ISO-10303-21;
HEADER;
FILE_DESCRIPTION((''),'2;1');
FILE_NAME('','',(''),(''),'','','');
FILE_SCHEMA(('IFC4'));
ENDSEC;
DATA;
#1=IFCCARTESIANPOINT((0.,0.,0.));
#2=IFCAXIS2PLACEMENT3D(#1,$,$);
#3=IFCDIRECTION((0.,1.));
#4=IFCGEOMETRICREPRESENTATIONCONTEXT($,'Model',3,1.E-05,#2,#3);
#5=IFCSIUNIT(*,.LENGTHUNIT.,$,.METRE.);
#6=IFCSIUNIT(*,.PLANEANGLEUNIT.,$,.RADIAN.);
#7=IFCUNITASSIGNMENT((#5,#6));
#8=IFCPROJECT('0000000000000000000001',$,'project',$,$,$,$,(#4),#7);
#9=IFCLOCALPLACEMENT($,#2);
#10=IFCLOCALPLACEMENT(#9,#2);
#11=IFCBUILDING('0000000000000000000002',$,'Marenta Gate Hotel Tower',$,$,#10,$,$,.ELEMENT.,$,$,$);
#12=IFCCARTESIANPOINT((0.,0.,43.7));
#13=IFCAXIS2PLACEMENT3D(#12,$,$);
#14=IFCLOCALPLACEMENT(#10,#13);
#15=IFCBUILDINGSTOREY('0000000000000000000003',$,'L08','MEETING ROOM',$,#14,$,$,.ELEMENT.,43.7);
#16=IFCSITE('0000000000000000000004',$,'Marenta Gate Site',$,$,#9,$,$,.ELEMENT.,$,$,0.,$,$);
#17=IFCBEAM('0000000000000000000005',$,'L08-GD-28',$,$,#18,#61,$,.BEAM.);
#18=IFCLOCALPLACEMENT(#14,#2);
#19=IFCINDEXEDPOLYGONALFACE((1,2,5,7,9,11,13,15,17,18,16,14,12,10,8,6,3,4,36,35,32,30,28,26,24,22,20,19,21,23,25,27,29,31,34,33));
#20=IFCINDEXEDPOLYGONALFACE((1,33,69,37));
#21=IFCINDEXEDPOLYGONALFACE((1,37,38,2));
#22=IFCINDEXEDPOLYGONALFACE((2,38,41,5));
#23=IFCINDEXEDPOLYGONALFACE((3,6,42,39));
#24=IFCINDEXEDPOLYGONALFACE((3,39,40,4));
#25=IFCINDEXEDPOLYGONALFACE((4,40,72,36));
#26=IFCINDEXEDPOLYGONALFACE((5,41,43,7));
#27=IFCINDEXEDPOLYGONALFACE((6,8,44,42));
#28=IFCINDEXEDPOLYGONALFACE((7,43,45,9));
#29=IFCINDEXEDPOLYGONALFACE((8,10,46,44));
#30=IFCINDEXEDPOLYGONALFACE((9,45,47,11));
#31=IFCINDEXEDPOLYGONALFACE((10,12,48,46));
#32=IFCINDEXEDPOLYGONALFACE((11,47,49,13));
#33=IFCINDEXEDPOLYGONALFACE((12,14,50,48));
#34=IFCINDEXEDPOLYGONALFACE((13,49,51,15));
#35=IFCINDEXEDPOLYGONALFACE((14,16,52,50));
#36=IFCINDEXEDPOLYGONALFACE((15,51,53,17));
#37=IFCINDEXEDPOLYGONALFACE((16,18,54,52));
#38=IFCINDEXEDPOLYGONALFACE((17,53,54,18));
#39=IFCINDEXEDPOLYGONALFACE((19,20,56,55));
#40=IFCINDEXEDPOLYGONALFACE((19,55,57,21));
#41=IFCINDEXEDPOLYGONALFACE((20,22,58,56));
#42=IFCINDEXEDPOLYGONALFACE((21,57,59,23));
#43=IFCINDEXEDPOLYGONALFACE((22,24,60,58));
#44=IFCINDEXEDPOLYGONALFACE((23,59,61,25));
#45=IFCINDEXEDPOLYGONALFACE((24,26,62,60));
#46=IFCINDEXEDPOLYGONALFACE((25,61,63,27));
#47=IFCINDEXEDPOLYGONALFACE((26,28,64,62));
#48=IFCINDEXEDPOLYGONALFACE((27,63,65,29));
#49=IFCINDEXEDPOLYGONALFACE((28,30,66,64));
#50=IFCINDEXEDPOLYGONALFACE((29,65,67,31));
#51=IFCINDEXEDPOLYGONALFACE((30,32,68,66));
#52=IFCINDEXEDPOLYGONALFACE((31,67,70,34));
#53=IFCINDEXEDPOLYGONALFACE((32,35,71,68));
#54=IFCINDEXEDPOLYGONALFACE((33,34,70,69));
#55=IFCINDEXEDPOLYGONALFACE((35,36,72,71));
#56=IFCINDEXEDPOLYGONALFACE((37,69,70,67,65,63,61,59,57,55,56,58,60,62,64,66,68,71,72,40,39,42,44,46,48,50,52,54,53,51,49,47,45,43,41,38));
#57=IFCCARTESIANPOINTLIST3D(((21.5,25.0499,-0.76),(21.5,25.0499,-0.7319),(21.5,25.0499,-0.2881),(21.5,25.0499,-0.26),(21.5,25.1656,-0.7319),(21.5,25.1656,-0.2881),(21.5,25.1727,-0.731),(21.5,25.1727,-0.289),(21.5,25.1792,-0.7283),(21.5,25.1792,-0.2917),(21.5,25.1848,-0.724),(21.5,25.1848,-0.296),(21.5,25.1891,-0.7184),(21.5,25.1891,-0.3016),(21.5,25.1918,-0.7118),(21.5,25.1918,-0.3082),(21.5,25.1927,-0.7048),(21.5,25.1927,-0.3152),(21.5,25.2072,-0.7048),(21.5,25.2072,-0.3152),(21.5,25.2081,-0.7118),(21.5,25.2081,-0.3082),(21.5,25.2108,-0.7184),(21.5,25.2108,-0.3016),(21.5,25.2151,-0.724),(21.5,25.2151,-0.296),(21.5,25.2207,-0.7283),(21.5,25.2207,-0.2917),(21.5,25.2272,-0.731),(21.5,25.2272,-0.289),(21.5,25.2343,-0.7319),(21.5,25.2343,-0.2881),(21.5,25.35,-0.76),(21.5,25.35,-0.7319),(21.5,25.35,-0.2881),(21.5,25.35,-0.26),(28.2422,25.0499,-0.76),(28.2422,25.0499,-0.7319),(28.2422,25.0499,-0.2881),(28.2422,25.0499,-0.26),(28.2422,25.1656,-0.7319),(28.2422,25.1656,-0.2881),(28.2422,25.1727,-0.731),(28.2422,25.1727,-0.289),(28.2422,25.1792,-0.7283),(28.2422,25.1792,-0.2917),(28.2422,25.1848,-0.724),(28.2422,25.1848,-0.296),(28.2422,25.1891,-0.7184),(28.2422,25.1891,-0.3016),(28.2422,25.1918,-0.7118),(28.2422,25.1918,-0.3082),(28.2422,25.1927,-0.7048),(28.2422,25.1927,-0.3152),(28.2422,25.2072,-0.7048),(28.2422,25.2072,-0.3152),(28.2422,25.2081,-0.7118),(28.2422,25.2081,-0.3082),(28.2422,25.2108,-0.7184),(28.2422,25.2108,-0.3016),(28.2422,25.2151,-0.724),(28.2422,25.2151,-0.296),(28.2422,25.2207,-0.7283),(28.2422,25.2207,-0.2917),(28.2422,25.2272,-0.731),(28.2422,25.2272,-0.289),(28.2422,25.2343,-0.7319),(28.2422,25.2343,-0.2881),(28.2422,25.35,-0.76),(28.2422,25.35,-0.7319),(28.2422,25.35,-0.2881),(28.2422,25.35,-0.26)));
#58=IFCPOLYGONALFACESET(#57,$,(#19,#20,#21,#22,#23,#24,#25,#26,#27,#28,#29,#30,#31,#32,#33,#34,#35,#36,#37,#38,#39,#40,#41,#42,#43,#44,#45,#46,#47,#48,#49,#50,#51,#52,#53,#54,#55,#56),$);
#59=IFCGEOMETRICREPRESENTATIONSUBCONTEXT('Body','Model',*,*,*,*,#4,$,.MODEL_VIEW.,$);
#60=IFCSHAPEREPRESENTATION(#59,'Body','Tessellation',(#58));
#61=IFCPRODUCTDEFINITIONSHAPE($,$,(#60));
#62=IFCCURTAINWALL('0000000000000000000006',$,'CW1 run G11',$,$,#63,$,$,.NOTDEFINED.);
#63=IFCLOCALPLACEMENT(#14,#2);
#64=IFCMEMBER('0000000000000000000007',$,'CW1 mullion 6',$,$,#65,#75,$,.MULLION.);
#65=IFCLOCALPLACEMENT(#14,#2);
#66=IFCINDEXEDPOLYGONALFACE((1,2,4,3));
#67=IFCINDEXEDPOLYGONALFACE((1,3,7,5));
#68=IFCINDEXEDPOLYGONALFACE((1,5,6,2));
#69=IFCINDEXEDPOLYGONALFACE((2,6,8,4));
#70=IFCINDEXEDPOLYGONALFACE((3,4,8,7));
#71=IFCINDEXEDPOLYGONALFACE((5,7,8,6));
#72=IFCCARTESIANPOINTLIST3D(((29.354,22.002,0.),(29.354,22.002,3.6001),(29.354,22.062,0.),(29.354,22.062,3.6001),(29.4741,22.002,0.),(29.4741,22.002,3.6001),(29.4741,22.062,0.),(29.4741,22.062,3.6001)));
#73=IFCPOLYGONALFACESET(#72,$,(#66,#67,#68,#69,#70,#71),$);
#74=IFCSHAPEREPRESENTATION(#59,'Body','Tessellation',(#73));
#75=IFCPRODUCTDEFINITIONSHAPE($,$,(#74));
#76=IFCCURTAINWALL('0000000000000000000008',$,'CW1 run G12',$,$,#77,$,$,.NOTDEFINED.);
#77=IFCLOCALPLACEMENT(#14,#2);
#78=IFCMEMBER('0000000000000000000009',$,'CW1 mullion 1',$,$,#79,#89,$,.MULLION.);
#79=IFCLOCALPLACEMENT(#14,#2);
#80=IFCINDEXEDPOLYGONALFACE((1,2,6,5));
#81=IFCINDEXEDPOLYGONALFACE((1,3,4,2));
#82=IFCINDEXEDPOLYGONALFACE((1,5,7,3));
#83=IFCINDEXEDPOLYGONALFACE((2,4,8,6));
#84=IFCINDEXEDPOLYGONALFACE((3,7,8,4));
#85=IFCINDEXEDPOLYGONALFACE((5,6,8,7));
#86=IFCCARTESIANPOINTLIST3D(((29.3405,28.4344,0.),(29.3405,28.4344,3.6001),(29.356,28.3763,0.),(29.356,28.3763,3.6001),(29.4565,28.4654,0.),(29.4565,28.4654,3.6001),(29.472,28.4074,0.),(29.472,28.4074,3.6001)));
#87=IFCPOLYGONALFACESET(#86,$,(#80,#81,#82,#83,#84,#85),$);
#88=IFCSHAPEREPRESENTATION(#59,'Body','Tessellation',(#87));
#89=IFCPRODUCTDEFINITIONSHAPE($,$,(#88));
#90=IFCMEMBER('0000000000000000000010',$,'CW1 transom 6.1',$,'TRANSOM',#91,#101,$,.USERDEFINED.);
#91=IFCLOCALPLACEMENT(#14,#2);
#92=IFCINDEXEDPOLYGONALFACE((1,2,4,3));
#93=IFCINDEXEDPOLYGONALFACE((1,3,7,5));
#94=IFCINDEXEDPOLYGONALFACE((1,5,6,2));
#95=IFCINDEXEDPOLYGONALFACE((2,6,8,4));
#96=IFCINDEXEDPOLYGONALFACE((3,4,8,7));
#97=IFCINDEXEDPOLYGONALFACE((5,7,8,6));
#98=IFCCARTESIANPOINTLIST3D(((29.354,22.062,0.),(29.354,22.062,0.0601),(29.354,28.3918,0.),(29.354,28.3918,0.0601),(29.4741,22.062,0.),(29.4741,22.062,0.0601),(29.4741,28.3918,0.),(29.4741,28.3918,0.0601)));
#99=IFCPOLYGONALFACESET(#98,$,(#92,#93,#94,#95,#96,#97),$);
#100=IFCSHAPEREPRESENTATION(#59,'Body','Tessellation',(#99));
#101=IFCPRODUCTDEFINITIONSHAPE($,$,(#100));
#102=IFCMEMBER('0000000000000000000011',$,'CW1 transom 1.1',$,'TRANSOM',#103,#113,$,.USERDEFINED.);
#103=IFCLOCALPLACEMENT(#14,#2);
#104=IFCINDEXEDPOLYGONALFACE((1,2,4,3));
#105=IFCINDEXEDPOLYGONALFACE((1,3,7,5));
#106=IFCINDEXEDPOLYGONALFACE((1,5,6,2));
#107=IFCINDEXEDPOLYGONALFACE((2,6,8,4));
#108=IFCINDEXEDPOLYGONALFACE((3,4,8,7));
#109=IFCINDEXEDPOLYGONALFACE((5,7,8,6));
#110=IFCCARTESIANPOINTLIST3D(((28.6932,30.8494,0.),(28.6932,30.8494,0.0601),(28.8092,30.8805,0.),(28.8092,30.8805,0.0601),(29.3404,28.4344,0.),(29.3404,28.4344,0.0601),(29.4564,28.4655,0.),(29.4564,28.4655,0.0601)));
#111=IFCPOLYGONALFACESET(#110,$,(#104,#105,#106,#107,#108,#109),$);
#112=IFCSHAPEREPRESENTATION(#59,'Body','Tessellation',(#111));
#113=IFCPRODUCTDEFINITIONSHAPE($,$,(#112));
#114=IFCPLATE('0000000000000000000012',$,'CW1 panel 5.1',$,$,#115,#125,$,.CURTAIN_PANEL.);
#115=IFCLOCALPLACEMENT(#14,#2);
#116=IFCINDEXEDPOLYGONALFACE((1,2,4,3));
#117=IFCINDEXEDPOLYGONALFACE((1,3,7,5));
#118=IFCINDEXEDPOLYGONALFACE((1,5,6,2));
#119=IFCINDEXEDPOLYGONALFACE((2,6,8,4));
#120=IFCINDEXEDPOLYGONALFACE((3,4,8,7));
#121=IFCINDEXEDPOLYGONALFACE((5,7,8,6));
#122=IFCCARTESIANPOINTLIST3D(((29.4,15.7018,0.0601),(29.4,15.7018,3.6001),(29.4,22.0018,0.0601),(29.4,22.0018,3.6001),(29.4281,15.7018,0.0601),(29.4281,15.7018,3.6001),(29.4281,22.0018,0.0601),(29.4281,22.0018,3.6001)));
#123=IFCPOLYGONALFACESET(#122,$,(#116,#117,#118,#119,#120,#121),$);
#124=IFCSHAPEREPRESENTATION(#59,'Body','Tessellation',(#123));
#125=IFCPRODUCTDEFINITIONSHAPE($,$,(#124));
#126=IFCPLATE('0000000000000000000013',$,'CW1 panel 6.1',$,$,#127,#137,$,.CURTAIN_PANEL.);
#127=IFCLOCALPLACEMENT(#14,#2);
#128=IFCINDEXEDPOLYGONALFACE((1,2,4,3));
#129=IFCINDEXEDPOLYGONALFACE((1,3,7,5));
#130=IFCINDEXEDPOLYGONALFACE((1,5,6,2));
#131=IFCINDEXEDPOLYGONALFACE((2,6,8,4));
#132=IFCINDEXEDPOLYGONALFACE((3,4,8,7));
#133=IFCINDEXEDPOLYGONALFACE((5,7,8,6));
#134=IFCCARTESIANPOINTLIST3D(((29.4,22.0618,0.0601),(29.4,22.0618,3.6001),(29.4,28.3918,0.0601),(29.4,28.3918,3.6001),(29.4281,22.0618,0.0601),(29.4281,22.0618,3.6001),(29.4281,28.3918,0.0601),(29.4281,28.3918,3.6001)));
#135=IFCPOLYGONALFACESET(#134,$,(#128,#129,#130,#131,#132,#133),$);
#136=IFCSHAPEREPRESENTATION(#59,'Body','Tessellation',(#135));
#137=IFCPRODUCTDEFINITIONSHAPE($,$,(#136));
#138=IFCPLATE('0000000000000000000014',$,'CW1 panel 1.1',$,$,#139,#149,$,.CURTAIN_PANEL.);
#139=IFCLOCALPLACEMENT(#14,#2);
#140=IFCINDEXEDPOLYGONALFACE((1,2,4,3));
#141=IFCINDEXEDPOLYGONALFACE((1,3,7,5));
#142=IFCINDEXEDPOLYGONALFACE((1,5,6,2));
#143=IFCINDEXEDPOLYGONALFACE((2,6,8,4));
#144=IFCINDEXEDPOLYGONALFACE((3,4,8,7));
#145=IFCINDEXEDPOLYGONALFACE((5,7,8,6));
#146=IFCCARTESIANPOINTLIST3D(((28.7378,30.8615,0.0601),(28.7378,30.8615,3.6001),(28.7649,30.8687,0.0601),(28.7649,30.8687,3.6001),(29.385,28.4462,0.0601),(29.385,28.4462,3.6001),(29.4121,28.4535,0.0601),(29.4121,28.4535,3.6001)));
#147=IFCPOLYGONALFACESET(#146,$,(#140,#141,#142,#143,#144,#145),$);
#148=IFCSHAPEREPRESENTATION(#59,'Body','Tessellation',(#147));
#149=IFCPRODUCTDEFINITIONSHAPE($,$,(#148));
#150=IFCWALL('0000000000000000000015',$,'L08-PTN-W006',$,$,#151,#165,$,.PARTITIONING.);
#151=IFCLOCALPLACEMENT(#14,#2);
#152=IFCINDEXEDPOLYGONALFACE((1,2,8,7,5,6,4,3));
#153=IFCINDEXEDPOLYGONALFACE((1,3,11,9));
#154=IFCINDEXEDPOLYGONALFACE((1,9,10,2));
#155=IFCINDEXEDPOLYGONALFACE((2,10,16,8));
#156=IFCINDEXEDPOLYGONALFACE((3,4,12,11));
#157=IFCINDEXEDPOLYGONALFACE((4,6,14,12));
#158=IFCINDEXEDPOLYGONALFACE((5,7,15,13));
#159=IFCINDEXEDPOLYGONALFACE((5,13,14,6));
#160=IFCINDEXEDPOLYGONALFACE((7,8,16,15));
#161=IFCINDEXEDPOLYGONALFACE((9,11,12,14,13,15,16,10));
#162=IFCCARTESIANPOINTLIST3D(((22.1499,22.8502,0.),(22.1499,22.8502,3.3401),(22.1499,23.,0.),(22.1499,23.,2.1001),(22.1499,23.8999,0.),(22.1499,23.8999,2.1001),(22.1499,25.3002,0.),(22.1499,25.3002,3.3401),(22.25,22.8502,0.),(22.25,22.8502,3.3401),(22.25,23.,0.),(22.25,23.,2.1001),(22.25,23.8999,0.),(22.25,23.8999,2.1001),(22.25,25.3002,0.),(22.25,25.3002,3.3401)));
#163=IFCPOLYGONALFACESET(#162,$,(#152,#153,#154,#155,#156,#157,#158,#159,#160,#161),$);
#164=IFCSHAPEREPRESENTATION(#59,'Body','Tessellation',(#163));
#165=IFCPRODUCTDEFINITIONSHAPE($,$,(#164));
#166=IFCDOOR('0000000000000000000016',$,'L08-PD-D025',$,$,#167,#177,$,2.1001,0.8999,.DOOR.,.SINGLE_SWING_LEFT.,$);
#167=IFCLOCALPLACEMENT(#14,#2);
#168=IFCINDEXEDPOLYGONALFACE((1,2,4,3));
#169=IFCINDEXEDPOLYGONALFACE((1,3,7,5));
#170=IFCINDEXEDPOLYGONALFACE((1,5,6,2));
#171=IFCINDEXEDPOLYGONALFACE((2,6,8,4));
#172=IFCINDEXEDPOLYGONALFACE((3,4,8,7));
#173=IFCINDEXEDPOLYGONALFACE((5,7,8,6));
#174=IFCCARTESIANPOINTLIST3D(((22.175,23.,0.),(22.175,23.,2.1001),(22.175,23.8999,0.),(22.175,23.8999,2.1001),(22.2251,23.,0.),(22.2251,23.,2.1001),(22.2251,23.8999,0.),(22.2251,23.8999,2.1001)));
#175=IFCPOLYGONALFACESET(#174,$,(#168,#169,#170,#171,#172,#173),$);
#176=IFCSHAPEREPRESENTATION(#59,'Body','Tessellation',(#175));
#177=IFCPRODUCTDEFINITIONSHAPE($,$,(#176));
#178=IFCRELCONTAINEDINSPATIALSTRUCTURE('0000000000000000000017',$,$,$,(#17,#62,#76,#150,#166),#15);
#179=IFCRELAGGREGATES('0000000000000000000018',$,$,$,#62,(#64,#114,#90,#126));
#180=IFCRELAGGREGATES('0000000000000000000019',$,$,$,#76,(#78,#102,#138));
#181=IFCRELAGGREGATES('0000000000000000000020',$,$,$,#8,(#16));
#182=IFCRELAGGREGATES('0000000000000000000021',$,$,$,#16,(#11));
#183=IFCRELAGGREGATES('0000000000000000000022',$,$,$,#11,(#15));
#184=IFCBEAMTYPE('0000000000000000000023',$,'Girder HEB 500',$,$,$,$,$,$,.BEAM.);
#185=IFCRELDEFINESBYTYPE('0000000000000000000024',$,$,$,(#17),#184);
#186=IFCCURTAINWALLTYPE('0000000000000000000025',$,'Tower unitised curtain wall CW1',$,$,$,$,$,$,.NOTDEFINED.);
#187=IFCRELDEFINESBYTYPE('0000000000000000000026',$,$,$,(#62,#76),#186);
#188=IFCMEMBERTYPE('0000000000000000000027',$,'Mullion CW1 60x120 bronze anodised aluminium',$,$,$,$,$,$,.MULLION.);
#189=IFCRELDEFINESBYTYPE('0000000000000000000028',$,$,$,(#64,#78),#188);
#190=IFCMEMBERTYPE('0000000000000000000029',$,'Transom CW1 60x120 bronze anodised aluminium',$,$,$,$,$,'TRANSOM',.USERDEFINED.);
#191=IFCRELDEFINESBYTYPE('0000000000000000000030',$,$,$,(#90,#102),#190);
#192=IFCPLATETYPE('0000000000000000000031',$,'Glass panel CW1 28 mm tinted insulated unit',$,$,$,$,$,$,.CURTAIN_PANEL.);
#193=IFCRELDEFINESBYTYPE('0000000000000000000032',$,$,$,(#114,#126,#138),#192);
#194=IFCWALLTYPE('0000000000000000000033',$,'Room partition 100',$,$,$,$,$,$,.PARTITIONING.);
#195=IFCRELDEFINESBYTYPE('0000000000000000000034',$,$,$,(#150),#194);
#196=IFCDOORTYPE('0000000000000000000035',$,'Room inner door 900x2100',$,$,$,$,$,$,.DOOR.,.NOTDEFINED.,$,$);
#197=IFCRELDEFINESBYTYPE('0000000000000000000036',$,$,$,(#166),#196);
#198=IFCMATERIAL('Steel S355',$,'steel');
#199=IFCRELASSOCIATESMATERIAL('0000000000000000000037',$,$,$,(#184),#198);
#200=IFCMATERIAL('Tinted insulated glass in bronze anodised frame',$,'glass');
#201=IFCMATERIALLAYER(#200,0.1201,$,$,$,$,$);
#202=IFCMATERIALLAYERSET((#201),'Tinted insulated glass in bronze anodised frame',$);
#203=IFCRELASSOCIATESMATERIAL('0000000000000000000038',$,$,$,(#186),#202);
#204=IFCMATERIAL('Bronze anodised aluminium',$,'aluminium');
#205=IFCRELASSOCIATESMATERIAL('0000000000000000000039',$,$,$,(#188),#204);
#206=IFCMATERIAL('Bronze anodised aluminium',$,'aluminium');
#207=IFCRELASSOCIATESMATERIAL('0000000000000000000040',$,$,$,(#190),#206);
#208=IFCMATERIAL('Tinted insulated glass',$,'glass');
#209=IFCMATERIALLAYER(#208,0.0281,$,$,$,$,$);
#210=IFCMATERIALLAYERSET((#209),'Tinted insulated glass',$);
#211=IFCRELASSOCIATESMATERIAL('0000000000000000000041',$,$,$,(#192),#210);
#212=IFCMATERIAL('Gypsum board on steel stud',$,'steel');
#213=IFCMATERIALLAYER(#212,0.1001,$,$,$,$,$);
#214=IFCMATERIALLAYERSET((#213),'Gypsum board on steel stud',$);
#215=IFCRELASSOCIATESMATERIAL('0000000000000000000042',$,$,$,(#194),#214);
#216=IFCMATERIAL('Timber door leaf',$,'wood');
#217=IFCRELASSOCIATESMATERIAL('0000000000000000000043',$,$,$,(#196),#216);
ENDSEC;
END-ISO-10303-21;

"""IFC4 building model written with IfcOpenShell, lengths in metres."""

from ifc_helpers import new_model, si_unit, direction, frame, frame_2d, origin, origin_2d, place, context, subcontext, project, spatial, rectangle, i_section, extrude, material, layer, layer_set, material_profile, profile_set, type_object, element, fill, aggregate, save


model = new_model("IFC4")

# Units and contexts
model_context = context("Model", 3, precision=1e-05, world=origin(), true_north=direction((0.0, 1.0)))
body_context = subcontext(model_context, "Body", "Model", "MODEL_VIEW")
ifc_project = project(units=[si_unit("LENGTHUNIT", "METRE"), si_unit("PLANEANGLEUNIT", "RADIAN")], contexts=[model_context])

# Site, building, storey
site_placement = place(None, origin())
site = spatial("IfcSite", under=ifc_project, at=site_placement, Name="Marenta Gate Site", CompositionType="ELEMENT", RefElevation=0.0)
building_placement = place(site_placement, origin())
building = spatial("IfcBuilding", under=site, at=building_placement, Name="Marenta Gate Hotel Tower", CompositionType="ELEMENT")
storey_placement = place(building_placement, frame((0.0, 0.0, 43.7)))
storey = spatial("IfcBuildingStorey", under=building, at=storey_placement, Name="L08", Description="MEETING ROOM", CompositionType="ELEMENT", Elevation=43.7)

# Beam
ifc_material_1 = material(Name="Steel S355", Category="steel")
ifc_material_profile_1 = material_profile(ifc_material_1, i_section(OverallWidth=0.3, OverallDepth=0.5, WebThickness=0.0144, FlangeThickness=0.0281, FilletRadius=0.0271, at=origin_2d()), Name="HEB 500")
ifc_profile_set_1 = profile_set([ifc_material_profile_1], Name="Steel S355")
beam_type_1 = type_object("IfcBeamType", Name="Girder HEB 500", PredefinedType="BEAM", material=ifc_profile_set_1)
beam_1_placement = place(storey_placement, frame((21.5, 25.2, -0.51), z_axis=(1.0, 0.0, 0.0), x_axis=(0.0, 1.0, 0.0)))
element("IfcBeam", 1, at=beam_1_placement, inside=storey, type_object=beam_type_1, Name="L08-GD-28", PredefinedType="BEAM", context=body_context, shape_type="SweptSolid", body=[
    extrude(i_section(OverallWidth=0.3, OverallDepth=0.5, WebThickness=0.0144, FlangeThickness=0.0281, FilletRadius=0.0271, at=origin_2d()), origin(), (0.0, 0.0, 1.0), 6.7422),
])

# Curtain walls, members
ifc_material_2 = material(Name="Tinted insulated glass in bronze anodised frame", Category="glass")
ifc_layer_1 = layer(ifc_material_2, 0.1201)
ifc_layer_set_1 = layer_set([ifc_layer_1], Name="Tinted insulated glass in bronze anodised frame")
curtain_wall_type = type_object("IfcCurtainWallType", Name="Tower unitised curtain wall CW1", PredefinedType="NOTDEFINED", material=ifc_layer_set_1)
curtain_wall_1_placement = place(storey_placement, origin())
curtain_wall_1 = element("IfcCurtainWall", 2, at=curtain_wall_1_placement, inside=storey, type_object=curtain_wall_type, Name="CW1 run G11", PredefinedType="NOTDEFINED")
ifc_material_3 = material(Name="Bronze anodised aluminium", Category="aluminium")
ifc_material_profile_2 = material_profile(ifc_material_3, rectangle(XDim=0.1201, YDim=0.0601, at=origin_2d()), Name="Mullion CW1 60x120 bronze anodised aluminium")
ifc_profile_set_2 = profile_set([ifc_material_profile_2], Name="Bronze anodised aluminium")
member_type_1 = type_object("IfcMemberType", Name="Mullion CW1 60x120 bronze anodised aluminium", PredefinedType="MULLION", material=ifc_profile_set_2)
member_1_placement = place(storey_placement, frame((29.4141, 22.032, 0.0), z_axis=(0.0, 0.0, 1.0), x_axis=(-1.0, 0.0, 0.0)))
member_1 = element("IfcMember", 3, at=member_1_placement, type_object=member_type_1, Name="CW1 mullion 6", PredefinedType="MULLION", context=body_context, shape_type="SweptSolid", body=[
    extrude(rectangle(XDim=0.1201, YDim=0.0601, at=origin_2d()), origin(), (0.0, 0.0, 1.0), 3.6001),
])
curtain_wall_2_placement = place(storey_placement, origin())
curtain_wall_2 = element("IfcCurtainWall", 4, at=curtain_wall_2_placement, inside=storey, type_object=curtain_wall_type, Name="CW1 run G12", PredefinedType="NOTDEFINED")
member_2_placement = place(storey_placement, frame((29.4062, 28.4209, 0.0), z_axis=(0.0, 0.0, 1.0), x_axis=(-0.965925, -0.258822, 0.0)))
member_2 = element("IfcMember", 5, at=member_2_placement, type_object=member_type_1, Name="CW1 mullion 1", PredefinedType="MULLION", context=body_context, shape_type="SweptSolid", body=[
    extrude(rectangle(XDim=0.1201, YDim=0.0601, at=origin_2d()), origin(), (0.0, 0.0, 1.0), 3.6001),
])

# Members
ifc_material_4 = material(Name="Bronze anodised aluminium", Category="aluminium")
ifc_material_profile_3 = material_profile(ifc_material_4, rectangle(XDim=0.1201, YDim=0.0601, at=origin_2d()), Name="Transom CW1 60x120 bronze anodised aluminium")
ifc_profile_set_3 = profile_set([ifc_material_profile_3], Name="Bronze anodised aluminium")
member_type_2 = type_object("IfcMemberType", Name="Transom CW1 60x120 bronze anodised aluminium", ElementType="TRANSOM", PredefinedType="USERDEFINED", material=ifc_profile_set_3)
member_3_placement = place(storey_placement, frame((29.4141, 22.062, 0.03), z_axis=(0.0, 1.0, 0.0), x_axis=(-1.0, 0.0, 0.0)))
member_3 = element("IfcMember", 6, at=member_3_placement, type_object=member_type_2, Name="CW1 transom 6.1", ObjectType="TRANSOM", PredefinedType="USERDEFINED", context=body_context, shape_type="SweptSolid", body=[
    extrude(rectangle(XDim=0.1201, YDim=0.0601, at=origin_2d()), origin(), (0.0, 0.0, 1.0), 6.3298),
])
member_4_placement = place(storey_placement, frame((29.3984, 28.45, 0.03), z_axis=(-0.25886, 0.965915, 0.0), x_axis=(-0.965915, -0.25886, 0.0)))
member_4 = element("IfcMember", 7, at=member_4_placement, type_object=member_type_2, Name="CW1 transom 1.1", ObjectType="TRANSOM", PredefinedType="USERDEFINED", context=body_context, shape_type="SweptSolid", body=[
    extrude(rectangle(XDim=0.1201, YDim=0.0601, at=origin_2d()), origin(), (0.0, 0.0, 1.0), 2.5002),
])

# Plates
ifc_material_5 = material(Name="Tinted insulated glass", Category="glass")
ifc_layer_2 = layer(ifc_material_5, 0.0281)
ifc_layer_set_2 = layer_set([ifc_layer_2], Name="Tinted insulated glass")
plate_type = type_object("IfcPlateType", Name="Glass panel CW1 28 mm tinted insulated unit", PredefinedType="CURTAIN_PANEL", material=ifc_layer_set_2)
plate_1_placement = place(storey_placement, frame((29.4141, 18.8518, 0.0601), z_axis=(0.0, 0.0, 1.0), x_axis=(0.0, 1.0, 0.0)))
plate_1 = element("IfcPlate", 8, at=plate_1_placement, type_object=plate_type, Name="CW1 panel 5.1", PredefinedType="CURTAIN_PANEL", context=body_context, shape_type="SweptSolid", body=[
    extrude(rectangle(XDim=6.3, YDim=0.0281, at=origin_2d()), origin(), (0.0, 0.0, 1.0), 3.54),
])
plate_2_placement = place(storey_placement, frame((29.4141, 25.2268, 0.0601), z_axis=(0.0, 0.0, 1.0), x_axis=(0.0, 1.0, 0.0)))
plate_2 = element("IfcPlate", 9, at=plate_2_placement, type_object=plate_type, Name="CW1 panel 6.1", PredefinedType="CURTAIN_PANEL", context=body_context, shape_type="SweptSolid", body=[
    extrude(rectangle(XDim=6.3301, YDim=0.0281, at=origin_2d()), origin(), (0.0, 0.0, 1.0), 3.54),
])
aggregate(curtain_wall_1, [member_1, plate_1, member_3, plate_2])
plate_3_placement = place(storey_placement, frame((29.075, 29.6575, 0.0601), z_axis=(0.0, 0.0, 1.0), x_axis=(-0.258822, 0.965925, 0.0)))
plate_3 = element("IfcPlate", 10, at=plate_3_placement, type_object=plate_type, Name="CW1 panel 1.1", PredefinedType="CURTAIN_PANEL", context=body_context, shape_type="SweptSolid", body=[
    extrude(rectangle(XDim=2.5005, YDim=0.0281, at=origin_2d()), origin(), (0.0, 0.0, 1.0), 3.54),
])
aggregate(curtain_wall_2, [member_2, member_4, plate_3])

# Wall, opening, door
ifc_material_6 = material(Name="Gypsum board on steel stud", Category="steel")
ifc_layer_3 = layer(ifc_material_6, 0.1001)
ifc_layer_set_3 = layer_set([ifc_layer_3], Name="Gypsum board on steel stud")
wall_type = type_object("IfcWallType", Name="Room partition 100", PredefinedType="PARTITIONING", material=ifc_layer_set_3)
wall_1_placement = place(storey_placement, frame((22.2, 22.8501, 0.0), z_axis=(0.0, 0.0, 1.0), x_axis=(0.0, 1.0, 0.0)))
wall_1 = element("IfcWall", 11, at=wall_1_placement, inside=storey, type_object=wall_type, Name="L08-PTN-W006", PredefinedType="PARTITIONING", context=body_context, shape_type="SweptSolid", body=[
    extrude(rectangle(XDim=2.45, YDim=0.1001, at=frame_2d((1.2251, 0.0))), origin(), (0.0, 0.0, 1.0), 3.3401),
])
opening_1_placement = place(wall_1_placement, frame((0.1499, 0.0, 0.0)))
opening_1 = element("IfcOpeningElement", 12, at=opening_1_placement, cuts=wall_1, PredefinedType="OPENING", context=body_context, shape_type="SweptSolid", body=[
    extrude(rectangle(XDim=0.8999, YDim=2.1001, at=frame_2d((0.45, 1.05))), frame((0.0, 0.05, 0.0), z_axis=(0.0, -1.0, 0.0), x_axis=(1.0, 0.0, 0.0)), (0.0, 0.0, 1.0), 0.1001),
])
ifc_material_7 = material(Name="Timber door leaf", Category="wood")
door_type_1 = type_object("IfcDoorType", Name="Room inner door 900x2100", OperationType="NOTDEFINED", PredefinedType="DOOR", material=ifc_material_7)
door_1_placement = place(opening_1_placement, origin())
door_1 = element("IfcDoor", 13, at=door_1_placement, inside=storey, type_object=door_type_1, Name="L08-PD-D025", OperationType="SINGLE_SWING_LEFT", OverallHeight=2.1001, OverallWidth=0.8999, PredefinedType="DOOR", context=body_context, shape_type="SweptSolid", body=[
    extrude(rectangle(XDim=0.8999, YDim=2.1001, at=frame_2d((0.45, 1.05))), frame((0.0, 0.0249, 0.0), z_axis=(0.0, -1.0, 0.0), x_axis=(1.0, 0.0, 0.0)), (0.0, 0.0, 1.0), 0.05),
])
fill(opening_1, door_1)

save(model, "model.ifc")
